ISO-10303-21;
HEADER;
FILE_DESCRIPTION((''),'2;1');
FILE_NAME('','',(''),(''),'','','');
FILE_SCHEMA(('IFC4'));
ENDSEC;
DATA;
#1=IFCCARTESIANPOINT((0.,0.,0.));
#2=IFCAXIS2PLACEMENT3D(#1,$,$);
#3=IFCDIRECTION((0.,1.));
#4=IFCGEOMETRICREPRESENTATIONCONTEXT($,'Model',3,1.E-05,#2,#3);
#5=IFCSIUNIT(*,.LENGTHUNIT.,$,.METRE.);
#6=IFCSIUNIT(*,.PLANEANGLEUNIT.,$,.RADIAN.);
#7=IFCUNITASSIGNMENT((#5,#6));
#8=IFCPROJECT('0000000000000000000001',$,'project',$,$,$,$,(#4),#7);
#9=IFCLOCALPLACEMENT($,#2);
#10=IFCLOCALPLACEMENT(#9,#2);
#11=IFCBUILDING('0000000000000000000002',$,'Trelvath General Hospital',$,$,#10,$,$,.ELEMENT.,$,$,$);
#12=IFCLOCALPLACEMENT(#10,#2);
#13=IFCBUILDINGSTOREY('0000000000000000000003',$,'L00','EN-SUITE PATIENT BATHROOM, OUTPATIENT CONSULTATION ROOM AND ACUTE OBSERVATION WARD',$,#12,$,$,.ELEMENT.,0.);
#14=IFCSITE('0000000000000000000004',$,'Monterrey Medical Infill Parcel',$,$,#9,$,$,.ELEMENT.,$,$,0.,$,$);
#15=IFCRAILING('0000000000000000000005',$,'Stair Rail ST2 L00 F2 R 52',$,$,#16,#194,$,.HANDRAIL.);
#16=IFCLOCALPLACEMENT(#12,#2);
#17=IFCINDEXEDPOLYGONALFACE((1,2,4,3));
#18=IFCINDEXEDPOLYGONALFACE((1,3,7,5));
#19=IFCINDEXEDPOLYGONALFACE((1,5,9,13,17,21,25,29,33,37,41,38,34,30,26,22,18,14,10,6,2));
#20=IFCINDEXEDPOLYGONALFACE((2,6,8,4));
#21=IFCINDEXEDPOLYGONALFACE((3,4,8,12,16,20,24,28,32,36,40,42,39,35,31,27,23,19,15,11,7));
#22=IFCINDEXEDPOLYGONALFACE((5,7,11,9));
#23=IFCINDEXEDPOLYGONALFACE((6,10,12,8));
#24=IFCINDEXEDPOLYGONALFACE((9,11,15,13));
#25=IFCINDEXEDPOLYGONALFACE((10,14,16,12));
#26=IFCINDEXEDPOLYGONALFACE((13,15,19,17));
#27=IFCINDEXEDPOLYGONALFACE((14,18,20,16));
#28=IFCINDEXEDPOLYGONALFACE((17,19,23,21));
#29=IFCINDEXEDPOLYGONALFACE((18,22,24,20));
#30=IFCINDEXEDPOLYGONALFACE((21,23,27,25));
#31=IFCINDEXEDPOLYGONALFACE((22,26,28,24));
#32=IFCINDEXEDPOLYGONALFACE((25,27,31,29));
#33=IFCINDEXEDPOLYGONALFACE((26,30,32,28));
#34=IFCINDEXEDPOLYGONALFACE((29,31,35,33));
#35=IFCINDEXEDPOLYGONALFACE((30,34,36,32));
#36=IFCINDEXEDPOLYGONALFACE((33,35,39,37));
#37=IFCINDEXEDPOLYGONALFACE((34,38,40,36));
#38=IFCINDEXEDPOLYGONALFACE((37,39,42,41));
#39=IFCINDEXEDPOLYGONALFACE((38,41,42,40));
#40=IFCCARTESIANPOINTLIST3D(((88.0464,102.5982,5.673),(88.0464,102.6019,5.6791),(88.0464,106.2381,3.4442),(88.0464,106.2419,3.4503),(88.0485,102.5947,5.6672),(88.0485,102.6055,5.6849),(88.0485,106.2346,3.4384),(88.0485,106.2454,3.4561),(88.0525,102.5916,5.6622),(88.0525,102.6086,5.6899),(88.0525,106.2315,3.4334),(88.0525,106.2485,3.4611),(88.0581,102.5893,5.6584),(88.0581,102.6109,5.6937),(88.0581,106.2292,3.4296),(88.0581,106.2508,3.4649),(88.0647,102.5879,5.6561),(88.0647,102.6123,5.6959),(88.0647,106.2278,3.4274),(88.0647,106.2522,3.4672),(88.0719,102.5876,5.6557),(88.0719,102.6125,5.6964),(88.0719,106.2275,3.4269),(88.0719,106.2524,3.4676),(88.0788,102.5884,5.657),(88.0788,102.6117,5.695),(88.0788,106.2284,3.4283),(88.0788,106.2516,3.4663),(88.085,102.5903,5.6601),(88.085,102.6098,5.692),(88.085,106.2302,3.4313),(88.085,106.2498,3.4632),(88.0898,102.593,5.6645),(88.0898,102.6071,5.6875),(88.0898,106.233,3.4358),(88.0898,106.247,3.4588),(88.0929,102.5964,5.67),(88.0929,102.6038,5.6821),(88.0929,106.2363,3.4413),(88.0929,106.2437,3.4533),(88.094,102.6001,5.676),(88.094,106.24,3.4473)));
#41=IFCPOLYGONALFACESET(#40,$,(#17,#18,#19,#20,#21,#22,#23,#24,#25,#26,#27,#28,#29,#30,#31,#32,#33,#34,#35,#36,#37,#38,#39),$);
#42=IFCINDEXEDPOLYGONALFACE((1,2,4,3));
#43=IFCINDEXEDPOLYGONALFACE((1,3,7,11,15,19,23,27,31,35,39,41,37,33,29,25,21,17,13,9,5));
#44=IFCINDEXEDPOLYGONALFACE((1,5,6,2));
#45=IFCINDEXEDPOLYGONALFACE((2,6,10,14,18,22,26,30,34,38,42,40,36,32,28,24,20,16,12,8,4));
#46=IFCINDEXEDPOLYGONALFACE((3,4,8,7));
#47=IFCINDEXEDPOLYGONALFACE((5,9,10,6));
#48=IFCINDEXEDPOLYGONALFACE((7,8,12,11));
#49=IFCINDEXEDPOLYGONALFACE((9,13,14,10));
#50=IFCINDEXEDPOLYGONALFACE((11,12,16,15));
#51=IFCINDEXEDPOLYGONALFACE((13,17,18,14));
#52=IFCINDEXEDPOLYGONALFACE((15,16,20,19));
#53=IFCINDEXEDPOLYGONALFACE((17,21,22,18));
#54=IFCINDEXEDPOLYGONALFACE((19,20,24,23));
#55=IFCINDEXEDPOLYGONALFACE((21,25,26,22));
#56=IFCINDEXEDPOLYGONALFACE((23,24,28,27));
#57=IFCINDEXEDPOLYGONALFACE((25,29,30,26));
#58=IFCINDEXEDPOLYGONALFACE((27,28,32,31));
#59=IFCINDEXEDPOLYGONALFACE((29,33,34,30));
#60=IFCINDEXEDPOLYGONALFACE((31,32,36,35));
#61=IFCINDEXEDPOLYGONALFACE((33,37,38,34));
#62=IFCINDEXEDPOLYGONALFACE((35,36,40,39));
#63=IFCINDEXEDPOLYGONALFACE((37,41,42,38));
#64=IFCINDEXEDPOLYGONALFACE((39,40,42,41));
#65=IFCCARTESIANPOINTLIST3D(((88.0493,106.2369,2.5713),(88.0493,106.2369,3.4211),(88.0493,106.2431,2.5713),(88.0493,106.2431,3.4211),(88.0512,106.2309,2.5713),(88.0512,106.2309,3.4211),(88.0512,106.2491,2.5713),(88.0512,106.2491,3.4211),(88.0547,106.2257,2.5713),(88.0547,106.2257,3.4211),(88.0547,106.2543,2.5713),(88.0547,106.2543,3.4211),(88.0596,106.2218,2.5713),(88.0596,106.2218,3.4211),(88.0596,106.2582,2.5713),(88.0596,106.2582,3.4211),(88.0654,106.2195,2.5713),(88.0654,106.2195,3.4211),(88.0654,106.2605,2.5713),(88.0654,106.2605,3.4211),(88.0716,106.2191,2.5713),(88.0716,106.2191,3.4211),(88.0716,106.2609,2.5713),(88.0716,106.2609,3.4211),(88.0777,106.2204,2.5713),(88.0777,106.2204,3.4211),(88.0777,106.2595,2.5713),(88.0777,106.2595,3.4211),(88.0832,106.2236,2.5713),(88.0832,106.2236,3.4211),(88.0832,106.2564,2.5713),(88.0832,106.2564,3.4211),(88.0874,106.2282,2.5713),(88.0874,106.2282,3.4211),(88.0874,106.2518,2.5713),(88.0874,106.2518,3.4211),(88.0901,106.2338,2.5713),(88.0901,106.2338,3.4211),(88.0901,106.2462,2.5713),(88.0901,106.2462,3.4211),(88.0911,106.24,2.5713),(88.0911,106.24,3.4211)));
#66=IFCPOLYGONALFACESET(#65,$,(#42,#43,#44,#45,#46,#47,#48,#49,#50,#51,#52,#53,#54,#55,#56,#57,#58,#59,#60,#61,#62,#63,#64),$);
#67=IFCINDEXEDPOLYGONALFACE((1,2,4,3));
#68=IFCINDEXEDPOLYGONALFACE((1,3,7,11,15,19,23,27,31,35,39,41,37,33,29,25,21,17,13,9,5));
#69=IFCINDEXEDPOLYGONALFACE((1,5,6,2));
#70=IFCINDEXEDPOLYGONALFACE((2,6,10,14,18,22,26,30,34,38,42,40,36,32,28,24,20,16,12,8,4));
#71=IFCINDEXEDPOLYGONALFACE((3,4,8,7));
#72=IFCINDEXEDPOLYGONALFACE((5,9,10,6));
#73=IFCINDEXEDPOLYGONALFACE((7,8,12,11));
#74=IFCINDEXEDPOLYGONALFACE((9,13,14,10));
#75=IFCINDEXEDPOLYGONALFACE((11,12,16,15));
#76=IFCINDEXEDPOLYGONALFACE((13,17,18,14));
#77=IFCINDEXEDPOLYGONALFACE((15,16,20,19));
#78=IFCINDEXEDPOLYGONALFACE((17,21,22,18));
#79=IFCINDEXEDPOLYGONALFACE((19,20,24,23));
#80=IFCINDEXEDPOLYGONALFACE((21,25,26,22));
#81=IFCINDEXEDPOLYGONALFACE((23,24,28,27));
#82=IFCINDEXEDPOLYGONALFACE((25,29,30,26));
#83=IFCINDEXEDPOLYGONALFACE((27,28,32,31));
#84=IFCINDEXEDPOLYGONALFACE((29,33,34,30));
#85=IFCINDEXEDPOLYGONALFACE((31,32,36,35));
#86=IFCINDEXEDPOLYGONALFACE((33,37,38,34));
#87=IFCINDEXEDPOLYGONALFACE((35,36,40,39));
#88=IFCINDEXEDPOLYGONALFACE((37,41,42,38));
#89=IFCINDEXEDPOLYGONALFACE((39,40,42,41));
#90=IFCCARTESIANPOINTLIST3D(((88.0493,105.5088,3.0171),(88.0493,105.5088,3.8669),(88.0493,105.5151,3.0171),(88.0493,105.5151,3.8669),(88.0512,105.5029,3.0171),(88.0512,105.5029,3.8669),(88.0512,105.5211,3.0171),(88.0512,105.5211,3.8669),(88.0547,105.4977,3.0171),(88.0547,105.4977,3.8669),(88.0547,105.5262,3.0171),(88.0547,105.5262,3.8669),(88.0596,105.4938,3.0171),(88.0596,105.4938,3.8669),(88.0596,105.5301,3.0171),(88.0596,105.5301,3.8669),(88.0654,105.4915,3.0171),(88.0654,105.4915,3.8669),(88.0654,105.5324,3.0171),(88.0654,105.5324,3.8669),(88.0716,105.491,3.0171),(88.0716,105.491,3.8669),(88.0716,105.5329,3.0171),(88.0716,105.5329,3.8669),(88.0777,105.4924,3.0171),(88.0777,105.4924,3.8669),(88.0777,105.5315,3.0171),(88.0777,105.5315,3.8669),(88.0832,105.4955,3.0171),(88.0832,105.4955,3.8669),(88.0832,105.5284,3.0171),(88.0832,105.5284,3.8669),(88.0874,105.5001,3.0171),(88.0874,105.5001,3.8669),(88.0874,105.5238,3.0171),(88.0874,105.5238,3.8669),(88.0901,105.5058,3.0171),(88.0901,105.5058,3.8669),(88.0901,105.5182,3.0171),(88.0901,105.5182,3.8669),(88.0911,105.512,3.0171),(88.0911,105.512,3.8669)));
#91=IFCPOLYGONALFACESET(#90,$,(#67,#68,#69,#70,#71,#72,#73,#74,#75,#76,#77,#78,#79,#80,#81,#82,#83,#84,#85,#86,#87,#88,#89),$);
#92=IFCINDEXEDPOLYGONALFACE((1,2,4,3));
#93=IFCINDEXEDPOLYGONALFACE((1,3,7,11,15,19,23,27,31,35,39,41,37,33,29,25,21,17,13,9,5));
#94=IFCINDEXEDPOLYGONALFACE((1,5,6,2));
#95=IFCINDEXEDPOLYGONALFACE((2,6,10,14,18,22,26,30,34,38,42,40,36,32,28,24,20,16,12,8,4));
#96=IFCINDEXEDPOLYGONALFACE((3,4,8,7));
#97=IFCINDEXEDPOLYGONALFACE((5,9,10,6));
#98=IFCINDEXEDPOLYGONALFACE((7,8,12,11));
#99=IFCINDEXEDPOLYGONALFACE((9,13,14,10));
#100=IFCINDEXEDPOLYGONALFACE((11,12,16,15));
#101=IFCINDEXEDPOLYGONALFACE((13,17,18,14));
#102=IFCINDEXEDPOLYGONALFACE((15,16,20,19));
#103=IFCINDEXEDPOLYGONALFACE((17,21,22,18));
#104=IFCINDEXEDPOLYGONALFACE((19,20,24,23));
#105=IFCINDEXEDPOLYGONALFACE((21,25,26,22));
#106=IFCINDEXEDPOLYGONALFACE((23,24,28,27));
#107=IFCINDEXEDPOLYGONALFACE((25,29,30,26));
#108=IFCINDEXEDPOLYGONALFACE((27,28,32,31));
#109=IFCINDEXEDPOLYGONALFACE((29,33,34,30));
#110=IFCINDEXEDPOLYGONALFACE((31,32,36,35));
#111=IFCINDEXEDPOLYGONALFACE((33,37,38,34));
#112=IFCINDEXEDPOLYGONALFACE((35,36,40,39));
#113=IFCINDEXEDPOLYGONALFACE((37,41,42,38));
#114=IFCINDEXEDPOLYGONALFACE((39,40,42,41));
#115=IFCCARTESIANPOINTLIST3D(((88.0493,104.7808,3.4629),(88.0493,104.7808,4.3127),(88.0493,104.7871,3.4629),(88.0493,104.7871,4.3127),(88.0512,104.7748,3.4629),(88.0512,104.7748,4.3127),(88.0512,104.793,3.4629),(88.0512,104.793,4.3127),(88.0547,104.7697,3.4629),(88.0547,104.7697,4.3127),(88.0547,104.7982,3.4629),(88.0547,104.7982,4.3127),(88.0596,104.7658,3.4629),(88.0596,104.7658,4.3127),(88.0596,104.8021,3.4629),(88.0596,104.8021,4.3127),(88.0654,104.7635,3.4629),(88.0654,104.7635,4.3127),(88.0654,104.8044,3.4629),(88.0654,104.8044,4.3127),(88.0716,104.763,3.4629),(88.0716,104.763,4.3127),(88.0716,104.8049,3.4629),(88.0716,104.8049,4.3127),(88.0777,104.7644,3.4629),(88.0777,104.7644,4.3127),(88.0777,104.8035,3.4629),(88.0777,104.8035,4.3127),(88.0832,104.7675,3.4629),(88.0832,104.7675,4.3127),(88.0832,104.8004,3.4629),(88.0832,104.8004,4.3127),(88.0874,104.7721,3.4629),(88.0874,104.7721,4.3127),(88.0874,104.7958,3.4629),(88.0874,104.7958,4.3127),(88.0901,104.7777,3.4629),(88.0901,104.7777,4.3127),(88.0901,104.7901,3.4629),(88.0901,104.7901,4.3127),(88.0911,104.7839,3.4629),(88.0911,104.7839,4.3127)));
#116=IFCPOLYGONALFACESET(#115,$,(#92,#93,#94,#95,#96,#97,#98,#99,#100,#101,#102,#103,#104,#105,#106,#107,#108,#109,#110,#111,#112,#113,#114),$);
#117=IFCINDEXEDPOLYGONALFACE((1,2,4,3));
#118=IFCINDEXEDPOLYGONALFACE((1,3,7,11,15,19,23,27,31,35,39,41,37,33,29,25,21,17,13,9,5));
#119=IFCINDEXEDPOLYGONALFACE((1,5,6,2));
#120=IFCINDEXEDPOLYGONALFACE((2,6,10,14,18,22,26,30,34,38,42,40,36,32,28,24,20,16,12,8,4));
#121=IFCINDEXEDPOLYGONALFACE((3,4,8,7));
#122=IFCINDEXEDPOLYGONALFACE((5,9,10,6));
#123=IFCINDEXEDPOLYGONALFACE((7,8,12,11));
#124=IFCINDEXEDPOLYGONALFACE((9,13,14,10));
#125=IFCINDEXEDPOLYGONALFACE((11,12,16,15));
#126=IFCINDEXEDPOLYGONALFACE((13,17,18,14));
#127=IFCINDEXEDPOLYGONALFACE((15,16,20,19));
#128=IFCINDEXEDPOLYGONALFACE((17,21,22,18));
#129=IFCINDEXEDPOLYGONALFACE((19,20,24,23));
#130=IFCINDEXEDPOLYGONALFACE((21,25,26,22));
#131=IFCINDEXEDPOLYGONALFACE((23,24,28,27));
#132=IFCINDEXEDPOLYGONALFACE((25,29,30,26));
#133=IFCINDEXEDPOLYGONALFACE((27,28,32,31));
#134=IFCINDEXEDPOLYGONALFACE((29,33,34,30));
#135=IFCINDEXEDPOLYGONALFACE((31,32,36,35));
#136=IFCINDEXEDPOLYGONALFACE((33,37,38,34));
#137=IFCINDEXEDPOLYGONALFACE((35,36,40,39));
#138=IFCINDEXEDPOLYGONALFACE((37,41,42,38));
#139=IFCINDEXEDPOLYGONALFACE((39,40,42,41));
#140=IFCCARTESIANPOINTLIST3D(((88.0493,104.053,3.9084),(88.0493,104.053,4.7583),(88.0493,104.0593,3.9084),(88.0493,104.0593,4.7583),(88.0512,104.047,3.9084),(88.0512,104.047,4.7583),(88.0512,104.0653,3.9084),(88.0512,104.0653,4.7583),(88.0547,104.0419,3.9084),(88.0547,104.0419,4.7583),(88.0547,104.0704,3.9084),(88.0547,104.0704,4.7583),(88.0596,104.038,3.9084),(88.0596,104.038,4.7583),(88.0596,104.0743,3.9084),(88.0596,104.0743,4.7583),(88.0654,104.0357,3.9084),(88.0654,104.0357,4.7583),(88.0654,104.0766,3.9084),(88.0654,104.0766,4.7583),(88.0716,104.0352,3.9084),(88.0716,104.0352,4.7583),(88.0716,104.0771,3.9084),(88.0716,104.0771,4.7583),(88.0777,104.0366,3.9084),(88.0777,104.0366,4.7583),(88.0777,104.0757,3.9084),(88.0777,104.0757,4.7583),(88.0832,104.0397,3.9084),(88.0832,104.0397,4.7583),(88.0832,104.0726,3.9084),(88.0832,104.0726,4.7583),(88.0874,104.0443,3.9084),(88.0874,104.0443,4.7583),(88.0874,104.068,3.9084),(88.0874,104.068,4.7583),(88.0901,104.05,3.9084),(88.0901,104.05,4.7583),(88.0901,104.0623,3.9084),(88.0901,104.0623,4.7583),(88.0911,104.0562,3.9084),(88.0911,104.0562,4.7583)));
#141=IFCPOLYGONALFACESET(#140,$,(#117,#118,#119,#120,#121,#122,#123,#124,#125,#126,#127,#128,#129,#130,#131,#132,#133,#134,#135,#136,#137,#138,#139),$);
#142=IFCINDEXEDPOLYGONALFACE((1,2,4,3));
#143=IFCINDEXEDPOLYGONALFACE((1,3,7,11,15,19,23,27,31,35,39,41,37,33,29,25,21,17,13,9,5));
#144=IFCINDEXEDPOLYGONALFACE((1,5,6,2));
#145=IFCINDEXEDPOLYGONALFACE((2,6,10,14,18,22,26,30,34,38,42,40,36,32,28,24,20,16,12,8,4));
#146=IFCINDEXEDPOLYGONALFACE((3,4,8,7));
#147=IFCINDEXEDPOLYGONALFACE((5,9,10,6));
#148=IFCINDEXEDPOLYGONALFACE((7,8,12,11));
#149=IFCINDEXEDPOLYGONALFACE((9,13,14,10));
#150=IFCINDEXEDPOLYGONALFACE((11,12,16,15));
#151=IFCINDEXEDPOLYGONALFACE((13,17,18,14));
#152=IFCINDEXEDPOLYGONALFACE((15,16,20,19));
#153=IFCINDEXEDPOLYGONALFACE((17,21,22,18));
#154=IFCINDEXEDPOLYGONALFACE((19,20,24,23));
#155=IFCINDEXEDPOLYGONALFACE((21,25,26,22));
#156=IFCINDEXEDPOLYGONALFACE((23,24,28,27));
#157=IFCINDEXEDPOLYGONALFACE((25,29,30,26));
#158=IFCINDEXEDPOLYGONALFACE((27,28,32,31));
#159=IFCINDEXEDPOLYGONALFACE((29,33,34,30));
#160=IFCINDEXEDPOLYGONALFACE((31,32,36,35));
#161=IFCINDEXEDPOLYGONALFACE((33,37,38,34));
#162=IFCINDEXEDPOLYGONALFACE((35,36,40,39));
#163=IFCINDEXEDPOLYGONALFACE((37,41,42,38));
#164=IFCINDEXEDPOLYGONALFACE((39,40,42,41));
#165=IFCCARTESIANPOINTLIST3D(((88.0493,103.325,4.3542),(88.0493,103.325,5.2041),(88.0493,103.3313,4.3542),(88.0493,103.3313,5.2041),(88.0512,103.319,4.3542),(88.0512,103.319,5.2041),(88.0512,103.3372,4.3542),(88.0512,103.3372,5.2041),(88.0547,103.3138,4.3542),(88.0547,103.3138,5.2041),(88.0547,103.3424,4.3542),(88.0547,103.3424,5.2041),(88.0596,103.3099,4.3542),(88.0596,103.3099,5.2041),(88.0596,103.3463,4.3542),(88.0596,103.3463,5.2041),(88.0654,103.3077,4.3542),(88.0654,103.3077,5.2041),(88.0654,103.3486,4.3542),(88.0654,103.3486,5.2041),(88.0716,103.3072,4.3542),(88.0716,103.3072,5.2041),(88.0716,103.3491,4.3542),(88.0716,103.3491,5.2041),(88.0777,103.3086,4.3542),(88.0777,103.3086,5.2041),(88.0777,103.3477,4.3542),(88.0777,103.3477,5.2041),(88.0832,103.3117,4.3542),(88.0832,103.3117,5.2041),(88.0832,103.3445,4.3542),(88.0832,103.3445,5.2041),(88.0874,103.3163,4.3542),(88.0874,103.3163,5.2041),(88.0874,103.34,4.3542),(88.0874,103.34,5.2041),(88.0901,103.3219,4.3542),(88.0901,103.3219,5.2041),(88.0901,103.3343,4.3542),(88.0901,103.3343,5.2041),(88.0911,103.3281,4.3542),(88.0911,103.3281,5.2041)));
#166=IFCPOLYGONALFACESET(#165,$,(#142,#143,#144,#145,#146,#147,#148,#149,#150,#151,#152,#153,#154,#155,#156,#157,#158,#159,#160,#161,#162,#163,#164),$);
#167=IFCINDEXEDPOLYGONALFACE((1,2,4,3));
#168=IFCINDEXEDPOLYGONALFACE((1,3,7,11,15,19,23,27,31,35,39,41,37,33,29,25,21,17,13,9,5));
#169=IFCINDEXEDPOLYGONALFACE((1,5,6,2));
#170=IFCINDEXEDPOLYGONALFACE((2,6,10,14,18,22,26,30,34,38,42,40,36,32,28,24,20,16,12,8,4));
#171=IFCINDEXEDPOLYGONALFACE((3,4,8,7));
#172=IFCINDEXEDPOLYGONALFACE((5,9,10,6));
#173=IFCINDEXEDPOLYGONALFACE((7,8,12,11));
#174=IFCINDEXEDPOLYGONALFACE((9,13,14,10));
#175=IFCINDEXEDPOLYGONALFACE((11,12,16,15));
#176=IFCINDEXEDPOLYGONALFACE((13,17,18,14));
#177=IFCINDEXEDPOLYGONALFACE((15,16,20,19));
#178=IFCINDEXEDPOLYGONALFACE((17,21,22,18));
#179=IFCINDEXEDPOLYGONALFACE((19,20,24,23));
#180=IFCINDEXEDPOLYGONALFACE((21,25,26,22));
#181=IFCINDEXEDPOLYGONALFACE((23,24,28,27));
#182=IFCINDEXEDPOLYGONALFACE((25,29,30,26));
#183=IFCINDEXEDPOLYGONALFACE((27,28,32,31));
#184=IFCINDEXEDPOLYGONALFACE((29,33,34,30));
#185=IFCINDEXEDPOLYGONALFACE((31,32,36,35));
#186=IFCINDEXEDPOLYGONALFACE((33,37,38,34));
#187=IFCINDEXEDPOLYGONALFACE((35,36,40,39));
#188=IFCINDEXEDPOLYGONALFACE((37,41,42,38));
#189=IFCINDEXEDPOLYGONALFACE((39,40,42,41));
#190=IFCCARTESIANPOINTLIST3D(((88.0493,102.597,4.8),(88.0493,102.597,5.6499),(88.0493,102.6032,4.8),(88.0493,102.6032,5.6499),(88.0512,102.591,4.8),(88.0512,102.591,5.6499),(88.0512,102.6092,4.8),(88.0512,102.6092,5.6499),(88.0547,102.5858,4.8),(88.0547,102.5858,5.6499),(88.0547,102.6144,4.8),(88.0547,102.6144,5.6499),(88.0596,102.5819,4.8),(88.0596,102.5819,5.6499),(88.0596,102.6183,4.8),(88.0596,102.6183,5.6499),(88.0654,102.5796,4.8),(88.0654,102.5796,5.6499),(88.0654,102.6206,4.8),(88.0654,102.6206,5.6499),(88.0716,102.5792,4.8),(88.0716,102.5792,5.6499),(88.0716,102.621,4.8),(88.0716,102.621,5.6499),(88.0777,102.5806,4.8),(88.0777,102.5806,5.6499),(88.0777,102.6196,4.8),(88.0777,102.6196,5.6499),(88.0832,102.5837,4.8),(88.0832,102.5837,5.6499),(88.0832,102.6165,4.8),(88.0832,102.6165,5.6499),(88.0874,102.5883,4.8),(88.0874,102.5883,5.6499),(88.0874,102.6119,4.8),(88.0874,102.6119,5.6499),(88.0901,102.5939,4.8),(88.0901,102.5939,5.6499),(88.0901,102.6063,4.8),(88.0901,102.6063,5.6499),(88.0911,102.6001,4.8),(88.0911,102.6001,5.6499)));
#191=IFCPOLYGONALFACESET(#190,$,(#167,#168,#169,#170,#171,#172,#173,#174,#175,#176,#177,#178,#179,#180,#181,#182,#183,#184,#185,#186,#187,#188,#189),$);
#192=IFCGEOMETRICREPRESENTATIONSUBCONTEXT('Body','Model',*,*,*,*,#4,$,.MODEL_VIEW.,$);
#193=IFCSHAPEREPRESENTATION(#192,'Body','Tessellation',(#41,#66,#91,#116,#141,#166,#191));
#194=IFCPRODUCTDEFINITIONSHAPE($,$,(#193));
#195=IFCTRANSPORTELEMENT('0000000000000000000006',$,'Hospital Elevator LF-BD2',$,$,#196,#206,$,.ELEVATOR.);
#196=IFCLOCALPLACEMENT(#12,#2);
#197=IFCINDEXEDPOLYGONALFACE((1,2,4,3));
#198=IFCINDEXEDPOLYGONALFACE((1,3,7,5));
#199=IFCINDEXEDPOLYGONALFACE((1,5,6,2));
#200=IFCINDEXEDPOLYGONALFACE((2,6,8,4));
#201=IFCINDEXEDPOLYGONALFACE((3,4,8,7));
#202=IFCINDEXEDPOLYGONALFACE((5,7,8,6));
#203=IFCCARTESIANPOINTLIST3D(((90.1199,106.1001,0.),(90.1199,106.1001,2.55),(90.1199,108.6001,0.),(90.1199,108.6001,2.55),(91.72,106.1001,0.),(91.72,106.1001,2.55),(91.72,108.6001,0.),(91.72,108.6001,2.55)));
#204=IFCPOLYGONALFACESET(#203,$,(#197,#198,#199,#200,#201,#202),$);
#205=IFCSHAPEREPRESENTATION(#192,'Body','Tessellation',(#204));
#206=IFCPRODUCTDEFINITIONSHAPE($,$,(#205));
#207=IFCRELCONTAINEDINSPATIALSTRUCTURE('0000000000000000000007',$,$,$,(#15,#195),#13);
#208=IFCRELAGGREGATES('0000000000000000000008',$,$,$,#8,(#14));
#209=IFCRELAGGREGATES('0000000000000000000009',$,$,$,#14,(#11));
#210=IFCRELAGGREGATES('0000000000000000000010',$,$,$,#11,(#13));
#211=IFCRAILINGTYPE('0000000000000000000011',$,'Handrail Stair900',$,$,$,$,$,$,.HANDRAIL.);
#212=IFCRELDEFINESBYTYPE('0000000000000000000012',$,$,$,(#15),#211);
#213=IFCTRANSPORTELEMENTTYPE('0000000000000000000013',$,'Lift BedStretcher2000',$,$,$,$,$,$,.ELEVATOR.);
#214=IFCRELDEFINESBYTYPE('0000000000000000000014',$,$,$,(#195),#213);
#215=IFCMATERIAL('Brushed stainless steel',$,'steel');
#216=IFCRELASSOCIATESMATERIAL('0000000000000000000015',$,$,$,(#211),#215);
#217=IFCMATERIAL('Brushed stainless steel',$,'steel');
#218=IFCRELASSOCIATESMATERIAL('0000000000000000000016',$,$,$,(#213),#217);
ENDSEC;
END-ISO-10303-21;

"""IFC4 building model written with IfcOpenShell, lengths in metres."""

from ifc_helpers import new_model, si_unit, direction, frame, origin, origin_2d, place, context, subcontext, project, spatial, rectangle, circle, extrude, material, type_object, element, save


model = new_model("IFC4")

# Units and contexts
model_context = context("Model", 3, precision=1e-05, world=origin(), true_north=direction((0.0, 1.0)))
body_context = subcontext(model_context, "Body", "Model", "MODEL_VIEW")
ifc_project = project(units=[si_unit("LENGTHUNIT", "METRE"), si_unit("PLANEANGLEUNIT", "RADIAN")], contexts=[model_context])

# Site, building, storey
site_placement = place(None, origin())
site = spatial("IfcSite", under=ifc_project, at=site_placement, Name="Monterrey Medical Infill Parcel", CompositionType="ELEMENT", RefElevation=0.0)
building_placement = place(site_placement, origin())
building = spatial("IfcBuilding", under=site, at=building_placement, Name="Trelvath General Hospital", CompositionType="ELEMENT")
storey_placement = place(building_placement, origin())
storey = spatial("IfcBuildingStorey", under=building, at=storey_placement, Name="L00", Description="EN-SUITE PATIENT BATHROOM, OUTPATIENT CONSULTATION ROOM AND ACUTE OBSERVATION WARD", CompositionType="ELEMENT", Elevation=0.0)

# Railing
ifc_material_1 = material(Name="Brushed stainless steel", Category="steel")
railing_type_1 = type_object("IfcRailingType", Name="Handrail Stair900", PredefinedType="HANDRAIL", material=ifc_material_1)
railing_1_placement = place(storey_placement, frame((88.0701, 106.24, 2.5713)))
element("IfcRailing", 1, at=railing_1_placement, inside=storey, type_object=railing_type_1, Name="Stair Rail ST2 L00 F2 R 52", PredefinedType="HANDRAIL", context=body_context, shape_type="SweptSolid", body=[
    extrude(circle(Radius=0.0239, at=origin_2d()), frame((0.0, 0.0, 0.876), z_axis=(0.0, -0.852825, 0.522197), x_axis=(1.0, 0.0, 0.0)), (0.0, 0.0, 1.0), 4.2681),
    extrude(circle(Radius=0.021, at=origin_2d()), origin(), (0.0, 0.0, 1.0), 0.8499),
    extrude(circle(Radius=0.021, at=origin_2d()), frame((0.0, -0.728, 0.4458)), (0.0, 0.0, 1.0), 0.8499),
    extrude(circle(Radius=0.021, at=origin_2d()), frame((0.0, -1.4561, 0.8916)), (0.0, 0.0, 1.0), 0.8499),
    extrude(circle(Radius=0.021, at=origin_2d()), frame((0.0, -2.1838, 1.3372)), (0.0, 0.0, 1.0), 0.8499),
    extrude(circle(Radius=0.021, at=origin_2d()), frame((0.0, -2.9119, 1.783)), (0.0, 0.0, 1.0), 0.8499),
    extrude(circle(Radius=0.021, at=origin_2d()), frame((0.0, -3.6399, 2.2288)), (0.0, 0.0, 1.0), 0.8499),
])

# Transport element
ifc_material_2 = material(Name="Brushed stainless steel", Category="steel")
transport_element_type_1 = type_object("IfcTransportElementType", Name="Lift BedStretcher2000", PredefinedType="ELEVATOR", material=ifc_material_2)
transport_element_1_placement = place(storey_placement, frame((90.9199, 107.3501, 0.0), z_axis=(0.0, 0.0, 1.0), x_axis=(1.0, 0.0, 0.0)))
element("IfcTransportElement", 2, at=transport_element_1_placement, inside=storey, type_object=transport_element_type_1, Name="Hospital Elevator LF-BD2", PredefinedType="ELEVATOR", context=body_context, shape_type="SweptSolid", body=[
    extrude(rectangle(XDim=1.6001, YDim=2.5, at=origin_2d()), origin(), (0.0, 0.0, 1.0), 2.55),
])

save(model, "model.ifc")
